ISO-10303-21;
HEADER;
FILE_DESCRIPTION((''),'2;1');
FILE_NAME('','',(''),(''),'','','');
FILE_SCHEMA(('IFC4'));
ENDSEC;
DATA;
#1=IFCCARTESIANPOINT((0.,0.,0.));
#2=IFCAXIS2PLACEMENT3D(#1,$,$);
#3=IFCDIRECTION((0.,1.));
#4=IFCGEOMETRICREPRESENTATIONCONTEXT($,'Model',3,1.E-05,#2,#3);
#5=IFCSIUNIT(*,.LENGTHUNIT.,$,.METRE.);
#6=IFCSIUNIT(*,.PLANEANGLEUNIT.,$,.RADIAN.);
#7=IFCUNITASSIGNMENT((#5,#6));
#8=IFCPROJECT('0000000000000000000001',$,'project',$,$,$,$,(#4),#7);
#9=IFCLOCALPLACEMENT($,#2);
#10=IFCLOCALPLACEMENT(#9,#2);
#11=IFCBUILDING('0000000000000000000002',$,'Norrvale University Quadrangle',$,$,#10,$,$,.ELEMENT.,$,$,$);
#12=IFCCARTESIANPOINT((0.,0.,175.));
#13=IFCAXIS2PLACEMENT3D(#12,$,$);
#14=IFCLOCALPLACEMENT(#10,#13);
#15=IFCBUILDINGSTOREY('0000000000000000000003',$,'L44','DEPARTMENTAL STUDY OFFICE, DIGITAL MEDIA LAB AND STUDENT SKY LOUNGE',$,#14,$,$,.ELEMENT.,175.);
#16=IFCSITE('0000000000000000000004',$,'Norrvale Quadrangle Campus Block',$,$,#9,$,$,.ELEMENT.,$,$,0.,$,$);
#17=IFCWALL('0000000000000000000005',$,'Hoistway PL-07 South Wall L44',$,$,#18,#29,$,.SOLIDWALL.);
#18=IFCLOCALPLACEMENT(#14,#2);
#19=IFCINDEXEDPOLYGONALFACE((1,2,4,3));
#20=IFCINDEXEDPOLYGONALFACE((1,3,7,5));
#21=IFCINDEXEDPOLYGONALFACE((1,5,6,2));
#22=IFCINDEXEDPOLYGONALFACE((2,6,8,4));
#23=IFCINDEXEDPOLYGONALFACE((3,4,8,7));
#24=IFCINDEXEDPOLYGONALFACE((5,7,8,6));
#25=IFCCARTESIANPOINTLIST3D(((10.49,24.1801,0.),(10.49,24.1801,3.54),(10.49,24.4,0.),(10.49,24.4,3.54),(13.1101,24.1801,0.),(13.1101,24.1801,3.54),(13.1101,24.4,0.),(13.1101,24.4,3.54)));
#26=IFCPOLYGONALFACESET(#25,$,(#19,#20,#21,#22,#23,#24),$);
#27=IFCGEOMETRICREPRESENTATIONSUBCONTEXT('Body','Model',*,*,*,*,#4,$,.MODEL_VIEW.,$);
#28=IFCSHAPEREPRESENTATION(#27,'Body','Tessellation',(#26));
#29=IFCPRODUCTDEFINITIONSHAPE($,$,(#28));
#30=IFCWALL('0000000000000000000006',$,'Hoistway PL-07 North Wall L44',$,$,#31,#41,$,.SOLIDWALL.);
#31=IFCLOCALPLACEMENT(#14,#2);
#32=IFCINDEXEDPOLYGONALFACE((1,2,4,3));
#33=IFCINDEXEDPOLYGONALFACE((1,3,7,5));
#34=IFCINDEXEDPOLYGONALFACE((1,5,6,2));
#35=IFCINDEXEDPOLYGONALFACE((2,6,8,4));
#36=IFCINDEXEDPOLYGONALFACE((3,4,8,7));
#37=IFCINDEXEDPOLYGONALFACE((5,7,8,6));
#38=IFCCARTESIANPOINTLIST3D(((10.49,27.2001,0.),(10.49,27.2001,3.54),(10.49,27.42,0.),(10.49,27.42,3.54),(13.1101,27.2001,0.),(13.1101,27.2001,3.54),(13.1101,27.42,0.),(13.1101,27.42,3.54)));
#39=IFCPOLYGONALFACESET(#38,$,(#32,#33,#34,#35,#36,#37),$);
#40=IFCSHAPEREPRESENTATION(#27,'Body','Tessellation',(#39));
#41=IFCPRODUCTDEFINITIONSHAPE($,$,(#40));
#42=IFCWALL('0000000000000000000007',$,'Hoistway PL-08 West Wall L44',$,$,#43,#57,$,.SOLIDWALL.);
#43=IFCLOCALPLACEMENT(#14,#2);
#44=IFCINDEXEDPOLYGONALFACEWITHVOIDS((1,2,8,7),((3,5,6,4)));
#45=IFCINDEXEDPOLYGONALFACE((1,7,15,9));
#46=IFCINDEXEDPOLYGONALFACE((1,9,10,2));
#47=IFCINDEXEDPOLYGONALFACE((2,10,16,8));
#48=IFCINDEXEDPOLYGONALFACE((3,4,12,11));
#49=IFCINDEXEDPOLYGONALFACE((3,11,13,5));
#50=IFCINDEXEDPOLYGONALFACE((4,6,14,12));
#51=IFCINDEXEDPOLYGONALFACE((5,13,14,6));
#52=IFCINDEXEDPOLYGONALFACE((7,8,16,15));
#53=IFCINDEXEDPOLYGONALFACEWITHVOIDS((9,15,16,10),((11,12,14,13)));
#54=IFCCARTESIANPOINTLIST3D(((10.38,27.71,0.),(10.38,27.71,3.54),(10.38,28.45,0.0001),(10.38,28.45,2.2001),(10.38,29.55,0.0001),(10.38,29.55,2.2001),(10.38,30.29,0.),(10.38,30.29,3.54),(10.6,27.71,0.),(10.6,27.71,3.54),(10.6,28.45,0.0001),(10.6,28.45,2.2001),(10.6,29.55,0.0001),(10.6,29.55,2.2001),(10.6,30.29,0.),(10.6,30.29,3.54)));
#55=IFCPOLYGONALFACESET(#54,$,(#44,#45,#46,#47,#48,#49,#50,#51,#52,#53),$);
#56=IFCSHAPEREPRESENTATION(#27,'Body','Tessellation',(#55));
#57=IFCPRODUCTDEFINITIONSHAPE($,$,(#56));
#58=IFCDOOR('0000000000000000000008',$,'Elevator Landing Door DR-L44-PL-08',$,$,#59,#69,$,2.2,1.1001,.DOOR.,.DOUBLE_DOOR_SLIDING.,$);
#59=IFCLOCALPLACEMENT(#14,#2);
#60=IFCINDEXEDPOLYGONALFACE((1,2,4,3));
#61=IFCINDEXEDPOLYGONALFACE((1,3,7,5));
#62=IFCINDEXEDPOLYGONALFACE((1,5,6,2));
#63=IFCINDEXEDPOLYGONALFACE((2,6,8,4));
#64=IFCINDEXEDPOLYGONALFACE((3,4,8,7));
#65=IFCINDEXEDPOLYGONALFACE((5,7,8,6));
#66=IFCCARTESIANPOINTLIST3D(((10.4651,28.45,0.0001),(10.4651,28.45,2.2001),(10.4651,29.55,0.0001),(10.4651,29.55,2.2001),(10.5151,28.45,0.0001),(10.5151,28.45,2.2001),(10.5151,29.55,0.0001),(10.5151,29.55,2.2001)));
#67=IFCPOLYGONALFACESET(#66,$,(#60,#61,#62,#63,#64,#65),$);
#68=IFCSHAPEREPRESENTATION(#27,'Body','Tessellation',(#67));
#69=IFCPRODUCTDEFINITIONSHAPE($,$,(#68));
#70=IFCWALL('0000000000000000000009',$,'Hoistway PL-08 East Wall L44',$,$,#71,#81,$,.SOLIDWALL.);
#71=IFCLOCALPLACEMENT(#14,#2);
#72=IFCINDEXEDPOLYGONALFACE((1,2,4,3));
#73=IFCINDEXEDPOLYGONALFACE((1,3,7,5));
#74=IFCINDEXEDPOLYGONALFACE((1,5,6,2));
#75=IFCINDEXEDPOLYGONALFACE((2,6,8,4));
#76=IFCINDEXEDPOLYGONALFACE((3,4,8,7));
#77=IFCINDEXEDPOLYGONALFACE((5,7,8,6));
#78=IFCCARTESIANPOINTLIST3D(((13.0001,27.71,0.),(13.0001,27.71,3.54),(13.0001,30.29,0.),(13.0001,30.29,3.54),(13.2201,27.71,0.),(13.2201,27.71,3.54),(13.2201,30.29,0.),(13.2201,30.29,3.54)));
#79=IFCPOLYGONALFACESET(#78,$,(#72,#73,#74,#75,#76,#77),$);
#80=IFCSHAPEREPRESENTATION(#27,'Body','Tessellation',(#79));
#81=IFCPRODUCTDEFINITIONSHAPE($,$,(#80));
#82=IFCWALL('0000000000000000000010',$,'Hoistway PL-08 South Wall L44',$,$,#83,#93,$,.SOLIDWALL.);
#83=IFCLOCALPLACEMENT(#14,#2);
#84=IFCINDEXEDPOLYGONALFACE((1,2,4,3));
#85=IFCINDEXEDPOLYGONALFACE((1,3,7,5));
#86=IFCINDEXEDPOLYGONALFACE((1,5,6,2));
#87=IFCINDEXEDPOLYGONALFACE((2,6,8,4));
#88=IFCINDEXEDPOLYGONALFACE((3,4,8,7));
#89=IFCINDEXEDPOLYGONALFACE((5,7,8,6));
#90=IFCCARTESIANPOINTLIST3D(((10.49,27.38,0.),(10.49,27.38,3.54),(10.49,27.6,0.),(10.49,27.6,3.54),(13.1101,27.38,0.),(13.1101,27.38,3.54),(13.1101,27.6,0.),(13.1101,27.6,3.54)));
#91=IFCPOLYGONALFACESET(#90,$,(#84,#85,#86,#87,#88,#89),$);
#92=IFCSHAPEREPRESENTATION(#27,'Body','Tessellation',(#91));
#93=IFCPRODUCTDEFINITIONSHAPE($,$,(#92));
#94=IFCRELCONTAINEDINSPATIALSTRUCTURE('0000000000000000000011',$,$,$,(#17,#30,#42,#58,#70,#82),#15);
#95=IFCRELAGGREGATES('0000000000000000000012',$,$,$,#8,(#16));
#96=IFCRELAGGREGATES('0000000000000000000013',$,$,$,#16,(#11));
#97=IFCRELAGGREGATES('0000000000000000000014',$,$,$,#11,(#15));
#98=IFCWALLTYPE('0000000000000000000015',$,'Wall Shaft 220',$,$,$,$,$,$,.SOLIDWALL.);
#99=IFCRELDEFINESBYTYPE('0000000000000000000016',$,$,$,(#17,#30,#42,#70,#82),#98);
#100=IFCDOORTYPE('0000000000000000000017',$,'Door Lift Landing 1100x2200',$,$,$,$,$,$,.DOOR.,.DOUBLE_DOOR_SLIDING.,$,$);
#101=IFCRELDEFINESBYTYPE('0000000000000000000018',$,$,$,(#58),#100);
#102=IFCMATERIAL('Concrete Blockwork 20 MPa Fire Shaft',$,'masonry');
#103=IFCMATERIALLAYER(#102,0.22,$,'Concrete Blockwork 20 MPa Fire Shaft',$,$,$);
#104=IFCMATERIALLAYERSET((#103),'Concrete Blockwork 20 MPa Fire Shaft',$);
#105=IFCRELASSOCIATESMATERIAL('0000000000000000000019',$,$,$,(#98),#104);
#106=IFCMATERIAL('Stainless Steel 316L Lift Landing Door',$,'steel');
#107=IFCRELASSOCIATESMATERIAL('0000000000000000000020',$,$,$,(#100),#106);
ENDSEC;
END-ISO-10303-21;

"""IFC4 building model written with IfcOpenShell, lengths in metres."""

from ifc_helpers import new_model, si_unit, direction, frame, frame_2d, origin, place, context, subcontext, project, spatial, rectangle, extrude, material, layer, layer_set, type_object, element, fill, save


model = new_model("IFC4")

# Units and contexts
model_context = context("Model", 3, precision=1e-05, world=origin(), true_north=direction((0.0, 1.0)))
body_context = subcontext(model_context, "Body", "Model", "MODEL_VIEW")
ifc_project = project(units=[si_unit("LENGTHUNIT", "METRE"), si_unit("PLANEANGLEUNIT", "RADIAN")], contexts=[model_context])

# Site, building, storey
site_placement = place(None, origin())
site = spatial("IfcSite", under=ifc_project, at=site_placement, Name="Norrvale Quadrangle Campus Block", CompositionType="ELEMENT", RefElevation=0.0)
building_placement = place(site_placement, origin())
building = spatial("IfcBuilding", under=site, at=building_placement, Name="Norrvale University Quadrangle", CompositionType="ELEMENT")
storey_placement = place(building_placement, frame((0.0, 0.0, 175.0)))
storey = spatial("IfcBuildingStorey", under=building, at=storey_placement, Name="L44", Description="DEPARTMENTAL STUDY OFFICE, DIGITAL MEDIA LAB AND STUDENT SKY LOUNGE", CompositionType="ELEMENT", Elevation=175.0)

# Shared definitions
ifc_material_1 = material(Name="Concrete Blockwork 20 MPa Fire Shaft", Category="masonry")
ifc_layer_1 = layer(ifc_material_1, 0.22, Name="Concrete Blockwork 20 MPa Fire Shaft")
ifc_layer_set_1 = layer_set([ifc_layer_1], Name="Concrete Blockwork 20 MPa Fire Shaft")
wall_type_1 = type_object("IfcWallType", Name="Wall Shaft 220", PredefinedType="SOLIDWALL", material=ifc_layer_set_1)
ifc_material_2 = material(Name="Stainless Steel 316L Lift Landing Door", Category="steel")
door_type_1 = type_object("IfcDoorType", Name="Door Lift Landing 1100x2200", OperationType="DOUBLE_DOOR_SLIDING", PredefinedType="DOOR", material=ifc_material_2)

# Walls
for number, where, z_axis, x_axis, name in (
    (1, (10.49, 24.29, 0.0), (0.0, 0.0, 1.0), (1.0, 0.0, 0.0), "Hoistway PL-07 South Wall L44"),
    (2, (10.49, 27.3101, 0.0), (0.0, 0.0, 1.0), (1.0, 0.0, 0.0), "Hoistway PL-07 North Wall L44"),
):
    element("IfcWall", number, at=place(storey_placement, frame(where, z_axis=z_axis, x_axis=x_axis)), inside=storey, type_object=wall_type_1, Name=name, PredefinedType="SOLIDWALL", context=body_context, shape_type="SweptSolid", body=[
        extrude(rectangle(XDim=2.6201, YDim=0.22, at=frame_2d((1.3101, 0.0))), origin(), (0.0, 0.0, 1.0), 3.54),
    ])

# Wall, opening, door
wall_1_placement = place(storey_placement, frame((10.49, 27.71, 0.0), z_axis=(0.0, 0.0, 1.0), x_axis=(0.0, 1.0, 0.0)))
wall_1 = element("IfcWall", 3, at=wall_1_placement, inside=storey, type_object=wall_type_1, Name="Hoistway PL-08 West Wall L44", PredefinedType="SOLIDWALL", context=body_context, shape_type="SweptSolid", body=[
    extrude(rectangle(XDim=2.5801, YDim=0.22, at=frame_2d((1.29, 0.0))), origin(), (0.0, 0.0, 1.0), 3.54),
])
opening_1_placement = place(wall_1_placement, frame((0.74, 0.0, 0.0)))
opening_1 = element("IfcOpeningElement", 4, at=opening_1_placement, cuts=wall_1, PredefinedType="OPENING", context=body_context, shape_type="SweptSolid", body=[
    extrude(rectangle(XDim=1.1001, YDim=2.2, at=frame_2d((0.55, 1.1001))), frame((0.0, 0.1221, 0.0), z_axis=(0.0, -1.0, 0.0), x_axis=(1.0, 0.0, 0.0)), (0.0, 0.0, 1.0), 0.2439),
])
door_1_placement = place(opening_1_placement, origin())
door_1 = element("IfcDoor", 5, at=door_1_placement, inside=storey, type_object=door_type_1, Name="Elevator Landing Door DR-L44-PL-08", OperationType="DOUBLE_DOOR_SLIDING", OverallHeight=2.2, OverallWidth=1.1001, PredefinedType="DOOR", context=body_context, shape_type="SweptSolid", body=[
    extrude(rectangle(XDim=1.1001, YDim=2.2, at=frame_2d((0.55, 1.1001))), frame((0.0, 0.0249, 0.0), z_axis=(0.0, -1.0, 0.0), x_axis=(1.0, 0.0, 0.0)), (0.0, 0.0, 1.0), 0.05),
])
fill(opening_1, door_1)

# Walls
wall_2_placement = place(storey_placement, frame((13.1101, 27.71, 0.0), z_axis=(0.0, 0.0, 1.0), x_axis=(0.0, 1.0, 0.0)))
element("IfcWall", 6, at=wall_2_placement, inside=storey, type_object=wall_type_1, Name="Hoistway PL-08 East Wall L44", PredefinedType="SOLIDWALL", context=body_context, shape_type="SweptSolid", body=[
    extrude(rectangle(XDim=2.5801, YDim=0.22, at=frame_2d((1.29, 0.0))), origin(), (0.0, 0.0, 1.0), 3.54),
])
wall_3_placement = place(storey_placement, frame((10.49, 27.49, 0.0), z_axis=(0.0, 0.0, 1.0), x_axis=(1.0, 0.0, 0.0)))
element("IfcWall", 7, at=wall_3_placement, inside=storey, type_object=wall_type_1, Name="Hoistway PL-08 South Wall L44", PredefinedType="SOLIDWALL", context=body_context, shape_type="SweptSolid", body=[
    extrude(rectangle(XDim=2.6201, YDim=0.22, at=frame_2d((1.3101, 0.0))), origin(), (0.0, 0.0, 1.0), 3.54),
])

save(model, "model.ifc")
